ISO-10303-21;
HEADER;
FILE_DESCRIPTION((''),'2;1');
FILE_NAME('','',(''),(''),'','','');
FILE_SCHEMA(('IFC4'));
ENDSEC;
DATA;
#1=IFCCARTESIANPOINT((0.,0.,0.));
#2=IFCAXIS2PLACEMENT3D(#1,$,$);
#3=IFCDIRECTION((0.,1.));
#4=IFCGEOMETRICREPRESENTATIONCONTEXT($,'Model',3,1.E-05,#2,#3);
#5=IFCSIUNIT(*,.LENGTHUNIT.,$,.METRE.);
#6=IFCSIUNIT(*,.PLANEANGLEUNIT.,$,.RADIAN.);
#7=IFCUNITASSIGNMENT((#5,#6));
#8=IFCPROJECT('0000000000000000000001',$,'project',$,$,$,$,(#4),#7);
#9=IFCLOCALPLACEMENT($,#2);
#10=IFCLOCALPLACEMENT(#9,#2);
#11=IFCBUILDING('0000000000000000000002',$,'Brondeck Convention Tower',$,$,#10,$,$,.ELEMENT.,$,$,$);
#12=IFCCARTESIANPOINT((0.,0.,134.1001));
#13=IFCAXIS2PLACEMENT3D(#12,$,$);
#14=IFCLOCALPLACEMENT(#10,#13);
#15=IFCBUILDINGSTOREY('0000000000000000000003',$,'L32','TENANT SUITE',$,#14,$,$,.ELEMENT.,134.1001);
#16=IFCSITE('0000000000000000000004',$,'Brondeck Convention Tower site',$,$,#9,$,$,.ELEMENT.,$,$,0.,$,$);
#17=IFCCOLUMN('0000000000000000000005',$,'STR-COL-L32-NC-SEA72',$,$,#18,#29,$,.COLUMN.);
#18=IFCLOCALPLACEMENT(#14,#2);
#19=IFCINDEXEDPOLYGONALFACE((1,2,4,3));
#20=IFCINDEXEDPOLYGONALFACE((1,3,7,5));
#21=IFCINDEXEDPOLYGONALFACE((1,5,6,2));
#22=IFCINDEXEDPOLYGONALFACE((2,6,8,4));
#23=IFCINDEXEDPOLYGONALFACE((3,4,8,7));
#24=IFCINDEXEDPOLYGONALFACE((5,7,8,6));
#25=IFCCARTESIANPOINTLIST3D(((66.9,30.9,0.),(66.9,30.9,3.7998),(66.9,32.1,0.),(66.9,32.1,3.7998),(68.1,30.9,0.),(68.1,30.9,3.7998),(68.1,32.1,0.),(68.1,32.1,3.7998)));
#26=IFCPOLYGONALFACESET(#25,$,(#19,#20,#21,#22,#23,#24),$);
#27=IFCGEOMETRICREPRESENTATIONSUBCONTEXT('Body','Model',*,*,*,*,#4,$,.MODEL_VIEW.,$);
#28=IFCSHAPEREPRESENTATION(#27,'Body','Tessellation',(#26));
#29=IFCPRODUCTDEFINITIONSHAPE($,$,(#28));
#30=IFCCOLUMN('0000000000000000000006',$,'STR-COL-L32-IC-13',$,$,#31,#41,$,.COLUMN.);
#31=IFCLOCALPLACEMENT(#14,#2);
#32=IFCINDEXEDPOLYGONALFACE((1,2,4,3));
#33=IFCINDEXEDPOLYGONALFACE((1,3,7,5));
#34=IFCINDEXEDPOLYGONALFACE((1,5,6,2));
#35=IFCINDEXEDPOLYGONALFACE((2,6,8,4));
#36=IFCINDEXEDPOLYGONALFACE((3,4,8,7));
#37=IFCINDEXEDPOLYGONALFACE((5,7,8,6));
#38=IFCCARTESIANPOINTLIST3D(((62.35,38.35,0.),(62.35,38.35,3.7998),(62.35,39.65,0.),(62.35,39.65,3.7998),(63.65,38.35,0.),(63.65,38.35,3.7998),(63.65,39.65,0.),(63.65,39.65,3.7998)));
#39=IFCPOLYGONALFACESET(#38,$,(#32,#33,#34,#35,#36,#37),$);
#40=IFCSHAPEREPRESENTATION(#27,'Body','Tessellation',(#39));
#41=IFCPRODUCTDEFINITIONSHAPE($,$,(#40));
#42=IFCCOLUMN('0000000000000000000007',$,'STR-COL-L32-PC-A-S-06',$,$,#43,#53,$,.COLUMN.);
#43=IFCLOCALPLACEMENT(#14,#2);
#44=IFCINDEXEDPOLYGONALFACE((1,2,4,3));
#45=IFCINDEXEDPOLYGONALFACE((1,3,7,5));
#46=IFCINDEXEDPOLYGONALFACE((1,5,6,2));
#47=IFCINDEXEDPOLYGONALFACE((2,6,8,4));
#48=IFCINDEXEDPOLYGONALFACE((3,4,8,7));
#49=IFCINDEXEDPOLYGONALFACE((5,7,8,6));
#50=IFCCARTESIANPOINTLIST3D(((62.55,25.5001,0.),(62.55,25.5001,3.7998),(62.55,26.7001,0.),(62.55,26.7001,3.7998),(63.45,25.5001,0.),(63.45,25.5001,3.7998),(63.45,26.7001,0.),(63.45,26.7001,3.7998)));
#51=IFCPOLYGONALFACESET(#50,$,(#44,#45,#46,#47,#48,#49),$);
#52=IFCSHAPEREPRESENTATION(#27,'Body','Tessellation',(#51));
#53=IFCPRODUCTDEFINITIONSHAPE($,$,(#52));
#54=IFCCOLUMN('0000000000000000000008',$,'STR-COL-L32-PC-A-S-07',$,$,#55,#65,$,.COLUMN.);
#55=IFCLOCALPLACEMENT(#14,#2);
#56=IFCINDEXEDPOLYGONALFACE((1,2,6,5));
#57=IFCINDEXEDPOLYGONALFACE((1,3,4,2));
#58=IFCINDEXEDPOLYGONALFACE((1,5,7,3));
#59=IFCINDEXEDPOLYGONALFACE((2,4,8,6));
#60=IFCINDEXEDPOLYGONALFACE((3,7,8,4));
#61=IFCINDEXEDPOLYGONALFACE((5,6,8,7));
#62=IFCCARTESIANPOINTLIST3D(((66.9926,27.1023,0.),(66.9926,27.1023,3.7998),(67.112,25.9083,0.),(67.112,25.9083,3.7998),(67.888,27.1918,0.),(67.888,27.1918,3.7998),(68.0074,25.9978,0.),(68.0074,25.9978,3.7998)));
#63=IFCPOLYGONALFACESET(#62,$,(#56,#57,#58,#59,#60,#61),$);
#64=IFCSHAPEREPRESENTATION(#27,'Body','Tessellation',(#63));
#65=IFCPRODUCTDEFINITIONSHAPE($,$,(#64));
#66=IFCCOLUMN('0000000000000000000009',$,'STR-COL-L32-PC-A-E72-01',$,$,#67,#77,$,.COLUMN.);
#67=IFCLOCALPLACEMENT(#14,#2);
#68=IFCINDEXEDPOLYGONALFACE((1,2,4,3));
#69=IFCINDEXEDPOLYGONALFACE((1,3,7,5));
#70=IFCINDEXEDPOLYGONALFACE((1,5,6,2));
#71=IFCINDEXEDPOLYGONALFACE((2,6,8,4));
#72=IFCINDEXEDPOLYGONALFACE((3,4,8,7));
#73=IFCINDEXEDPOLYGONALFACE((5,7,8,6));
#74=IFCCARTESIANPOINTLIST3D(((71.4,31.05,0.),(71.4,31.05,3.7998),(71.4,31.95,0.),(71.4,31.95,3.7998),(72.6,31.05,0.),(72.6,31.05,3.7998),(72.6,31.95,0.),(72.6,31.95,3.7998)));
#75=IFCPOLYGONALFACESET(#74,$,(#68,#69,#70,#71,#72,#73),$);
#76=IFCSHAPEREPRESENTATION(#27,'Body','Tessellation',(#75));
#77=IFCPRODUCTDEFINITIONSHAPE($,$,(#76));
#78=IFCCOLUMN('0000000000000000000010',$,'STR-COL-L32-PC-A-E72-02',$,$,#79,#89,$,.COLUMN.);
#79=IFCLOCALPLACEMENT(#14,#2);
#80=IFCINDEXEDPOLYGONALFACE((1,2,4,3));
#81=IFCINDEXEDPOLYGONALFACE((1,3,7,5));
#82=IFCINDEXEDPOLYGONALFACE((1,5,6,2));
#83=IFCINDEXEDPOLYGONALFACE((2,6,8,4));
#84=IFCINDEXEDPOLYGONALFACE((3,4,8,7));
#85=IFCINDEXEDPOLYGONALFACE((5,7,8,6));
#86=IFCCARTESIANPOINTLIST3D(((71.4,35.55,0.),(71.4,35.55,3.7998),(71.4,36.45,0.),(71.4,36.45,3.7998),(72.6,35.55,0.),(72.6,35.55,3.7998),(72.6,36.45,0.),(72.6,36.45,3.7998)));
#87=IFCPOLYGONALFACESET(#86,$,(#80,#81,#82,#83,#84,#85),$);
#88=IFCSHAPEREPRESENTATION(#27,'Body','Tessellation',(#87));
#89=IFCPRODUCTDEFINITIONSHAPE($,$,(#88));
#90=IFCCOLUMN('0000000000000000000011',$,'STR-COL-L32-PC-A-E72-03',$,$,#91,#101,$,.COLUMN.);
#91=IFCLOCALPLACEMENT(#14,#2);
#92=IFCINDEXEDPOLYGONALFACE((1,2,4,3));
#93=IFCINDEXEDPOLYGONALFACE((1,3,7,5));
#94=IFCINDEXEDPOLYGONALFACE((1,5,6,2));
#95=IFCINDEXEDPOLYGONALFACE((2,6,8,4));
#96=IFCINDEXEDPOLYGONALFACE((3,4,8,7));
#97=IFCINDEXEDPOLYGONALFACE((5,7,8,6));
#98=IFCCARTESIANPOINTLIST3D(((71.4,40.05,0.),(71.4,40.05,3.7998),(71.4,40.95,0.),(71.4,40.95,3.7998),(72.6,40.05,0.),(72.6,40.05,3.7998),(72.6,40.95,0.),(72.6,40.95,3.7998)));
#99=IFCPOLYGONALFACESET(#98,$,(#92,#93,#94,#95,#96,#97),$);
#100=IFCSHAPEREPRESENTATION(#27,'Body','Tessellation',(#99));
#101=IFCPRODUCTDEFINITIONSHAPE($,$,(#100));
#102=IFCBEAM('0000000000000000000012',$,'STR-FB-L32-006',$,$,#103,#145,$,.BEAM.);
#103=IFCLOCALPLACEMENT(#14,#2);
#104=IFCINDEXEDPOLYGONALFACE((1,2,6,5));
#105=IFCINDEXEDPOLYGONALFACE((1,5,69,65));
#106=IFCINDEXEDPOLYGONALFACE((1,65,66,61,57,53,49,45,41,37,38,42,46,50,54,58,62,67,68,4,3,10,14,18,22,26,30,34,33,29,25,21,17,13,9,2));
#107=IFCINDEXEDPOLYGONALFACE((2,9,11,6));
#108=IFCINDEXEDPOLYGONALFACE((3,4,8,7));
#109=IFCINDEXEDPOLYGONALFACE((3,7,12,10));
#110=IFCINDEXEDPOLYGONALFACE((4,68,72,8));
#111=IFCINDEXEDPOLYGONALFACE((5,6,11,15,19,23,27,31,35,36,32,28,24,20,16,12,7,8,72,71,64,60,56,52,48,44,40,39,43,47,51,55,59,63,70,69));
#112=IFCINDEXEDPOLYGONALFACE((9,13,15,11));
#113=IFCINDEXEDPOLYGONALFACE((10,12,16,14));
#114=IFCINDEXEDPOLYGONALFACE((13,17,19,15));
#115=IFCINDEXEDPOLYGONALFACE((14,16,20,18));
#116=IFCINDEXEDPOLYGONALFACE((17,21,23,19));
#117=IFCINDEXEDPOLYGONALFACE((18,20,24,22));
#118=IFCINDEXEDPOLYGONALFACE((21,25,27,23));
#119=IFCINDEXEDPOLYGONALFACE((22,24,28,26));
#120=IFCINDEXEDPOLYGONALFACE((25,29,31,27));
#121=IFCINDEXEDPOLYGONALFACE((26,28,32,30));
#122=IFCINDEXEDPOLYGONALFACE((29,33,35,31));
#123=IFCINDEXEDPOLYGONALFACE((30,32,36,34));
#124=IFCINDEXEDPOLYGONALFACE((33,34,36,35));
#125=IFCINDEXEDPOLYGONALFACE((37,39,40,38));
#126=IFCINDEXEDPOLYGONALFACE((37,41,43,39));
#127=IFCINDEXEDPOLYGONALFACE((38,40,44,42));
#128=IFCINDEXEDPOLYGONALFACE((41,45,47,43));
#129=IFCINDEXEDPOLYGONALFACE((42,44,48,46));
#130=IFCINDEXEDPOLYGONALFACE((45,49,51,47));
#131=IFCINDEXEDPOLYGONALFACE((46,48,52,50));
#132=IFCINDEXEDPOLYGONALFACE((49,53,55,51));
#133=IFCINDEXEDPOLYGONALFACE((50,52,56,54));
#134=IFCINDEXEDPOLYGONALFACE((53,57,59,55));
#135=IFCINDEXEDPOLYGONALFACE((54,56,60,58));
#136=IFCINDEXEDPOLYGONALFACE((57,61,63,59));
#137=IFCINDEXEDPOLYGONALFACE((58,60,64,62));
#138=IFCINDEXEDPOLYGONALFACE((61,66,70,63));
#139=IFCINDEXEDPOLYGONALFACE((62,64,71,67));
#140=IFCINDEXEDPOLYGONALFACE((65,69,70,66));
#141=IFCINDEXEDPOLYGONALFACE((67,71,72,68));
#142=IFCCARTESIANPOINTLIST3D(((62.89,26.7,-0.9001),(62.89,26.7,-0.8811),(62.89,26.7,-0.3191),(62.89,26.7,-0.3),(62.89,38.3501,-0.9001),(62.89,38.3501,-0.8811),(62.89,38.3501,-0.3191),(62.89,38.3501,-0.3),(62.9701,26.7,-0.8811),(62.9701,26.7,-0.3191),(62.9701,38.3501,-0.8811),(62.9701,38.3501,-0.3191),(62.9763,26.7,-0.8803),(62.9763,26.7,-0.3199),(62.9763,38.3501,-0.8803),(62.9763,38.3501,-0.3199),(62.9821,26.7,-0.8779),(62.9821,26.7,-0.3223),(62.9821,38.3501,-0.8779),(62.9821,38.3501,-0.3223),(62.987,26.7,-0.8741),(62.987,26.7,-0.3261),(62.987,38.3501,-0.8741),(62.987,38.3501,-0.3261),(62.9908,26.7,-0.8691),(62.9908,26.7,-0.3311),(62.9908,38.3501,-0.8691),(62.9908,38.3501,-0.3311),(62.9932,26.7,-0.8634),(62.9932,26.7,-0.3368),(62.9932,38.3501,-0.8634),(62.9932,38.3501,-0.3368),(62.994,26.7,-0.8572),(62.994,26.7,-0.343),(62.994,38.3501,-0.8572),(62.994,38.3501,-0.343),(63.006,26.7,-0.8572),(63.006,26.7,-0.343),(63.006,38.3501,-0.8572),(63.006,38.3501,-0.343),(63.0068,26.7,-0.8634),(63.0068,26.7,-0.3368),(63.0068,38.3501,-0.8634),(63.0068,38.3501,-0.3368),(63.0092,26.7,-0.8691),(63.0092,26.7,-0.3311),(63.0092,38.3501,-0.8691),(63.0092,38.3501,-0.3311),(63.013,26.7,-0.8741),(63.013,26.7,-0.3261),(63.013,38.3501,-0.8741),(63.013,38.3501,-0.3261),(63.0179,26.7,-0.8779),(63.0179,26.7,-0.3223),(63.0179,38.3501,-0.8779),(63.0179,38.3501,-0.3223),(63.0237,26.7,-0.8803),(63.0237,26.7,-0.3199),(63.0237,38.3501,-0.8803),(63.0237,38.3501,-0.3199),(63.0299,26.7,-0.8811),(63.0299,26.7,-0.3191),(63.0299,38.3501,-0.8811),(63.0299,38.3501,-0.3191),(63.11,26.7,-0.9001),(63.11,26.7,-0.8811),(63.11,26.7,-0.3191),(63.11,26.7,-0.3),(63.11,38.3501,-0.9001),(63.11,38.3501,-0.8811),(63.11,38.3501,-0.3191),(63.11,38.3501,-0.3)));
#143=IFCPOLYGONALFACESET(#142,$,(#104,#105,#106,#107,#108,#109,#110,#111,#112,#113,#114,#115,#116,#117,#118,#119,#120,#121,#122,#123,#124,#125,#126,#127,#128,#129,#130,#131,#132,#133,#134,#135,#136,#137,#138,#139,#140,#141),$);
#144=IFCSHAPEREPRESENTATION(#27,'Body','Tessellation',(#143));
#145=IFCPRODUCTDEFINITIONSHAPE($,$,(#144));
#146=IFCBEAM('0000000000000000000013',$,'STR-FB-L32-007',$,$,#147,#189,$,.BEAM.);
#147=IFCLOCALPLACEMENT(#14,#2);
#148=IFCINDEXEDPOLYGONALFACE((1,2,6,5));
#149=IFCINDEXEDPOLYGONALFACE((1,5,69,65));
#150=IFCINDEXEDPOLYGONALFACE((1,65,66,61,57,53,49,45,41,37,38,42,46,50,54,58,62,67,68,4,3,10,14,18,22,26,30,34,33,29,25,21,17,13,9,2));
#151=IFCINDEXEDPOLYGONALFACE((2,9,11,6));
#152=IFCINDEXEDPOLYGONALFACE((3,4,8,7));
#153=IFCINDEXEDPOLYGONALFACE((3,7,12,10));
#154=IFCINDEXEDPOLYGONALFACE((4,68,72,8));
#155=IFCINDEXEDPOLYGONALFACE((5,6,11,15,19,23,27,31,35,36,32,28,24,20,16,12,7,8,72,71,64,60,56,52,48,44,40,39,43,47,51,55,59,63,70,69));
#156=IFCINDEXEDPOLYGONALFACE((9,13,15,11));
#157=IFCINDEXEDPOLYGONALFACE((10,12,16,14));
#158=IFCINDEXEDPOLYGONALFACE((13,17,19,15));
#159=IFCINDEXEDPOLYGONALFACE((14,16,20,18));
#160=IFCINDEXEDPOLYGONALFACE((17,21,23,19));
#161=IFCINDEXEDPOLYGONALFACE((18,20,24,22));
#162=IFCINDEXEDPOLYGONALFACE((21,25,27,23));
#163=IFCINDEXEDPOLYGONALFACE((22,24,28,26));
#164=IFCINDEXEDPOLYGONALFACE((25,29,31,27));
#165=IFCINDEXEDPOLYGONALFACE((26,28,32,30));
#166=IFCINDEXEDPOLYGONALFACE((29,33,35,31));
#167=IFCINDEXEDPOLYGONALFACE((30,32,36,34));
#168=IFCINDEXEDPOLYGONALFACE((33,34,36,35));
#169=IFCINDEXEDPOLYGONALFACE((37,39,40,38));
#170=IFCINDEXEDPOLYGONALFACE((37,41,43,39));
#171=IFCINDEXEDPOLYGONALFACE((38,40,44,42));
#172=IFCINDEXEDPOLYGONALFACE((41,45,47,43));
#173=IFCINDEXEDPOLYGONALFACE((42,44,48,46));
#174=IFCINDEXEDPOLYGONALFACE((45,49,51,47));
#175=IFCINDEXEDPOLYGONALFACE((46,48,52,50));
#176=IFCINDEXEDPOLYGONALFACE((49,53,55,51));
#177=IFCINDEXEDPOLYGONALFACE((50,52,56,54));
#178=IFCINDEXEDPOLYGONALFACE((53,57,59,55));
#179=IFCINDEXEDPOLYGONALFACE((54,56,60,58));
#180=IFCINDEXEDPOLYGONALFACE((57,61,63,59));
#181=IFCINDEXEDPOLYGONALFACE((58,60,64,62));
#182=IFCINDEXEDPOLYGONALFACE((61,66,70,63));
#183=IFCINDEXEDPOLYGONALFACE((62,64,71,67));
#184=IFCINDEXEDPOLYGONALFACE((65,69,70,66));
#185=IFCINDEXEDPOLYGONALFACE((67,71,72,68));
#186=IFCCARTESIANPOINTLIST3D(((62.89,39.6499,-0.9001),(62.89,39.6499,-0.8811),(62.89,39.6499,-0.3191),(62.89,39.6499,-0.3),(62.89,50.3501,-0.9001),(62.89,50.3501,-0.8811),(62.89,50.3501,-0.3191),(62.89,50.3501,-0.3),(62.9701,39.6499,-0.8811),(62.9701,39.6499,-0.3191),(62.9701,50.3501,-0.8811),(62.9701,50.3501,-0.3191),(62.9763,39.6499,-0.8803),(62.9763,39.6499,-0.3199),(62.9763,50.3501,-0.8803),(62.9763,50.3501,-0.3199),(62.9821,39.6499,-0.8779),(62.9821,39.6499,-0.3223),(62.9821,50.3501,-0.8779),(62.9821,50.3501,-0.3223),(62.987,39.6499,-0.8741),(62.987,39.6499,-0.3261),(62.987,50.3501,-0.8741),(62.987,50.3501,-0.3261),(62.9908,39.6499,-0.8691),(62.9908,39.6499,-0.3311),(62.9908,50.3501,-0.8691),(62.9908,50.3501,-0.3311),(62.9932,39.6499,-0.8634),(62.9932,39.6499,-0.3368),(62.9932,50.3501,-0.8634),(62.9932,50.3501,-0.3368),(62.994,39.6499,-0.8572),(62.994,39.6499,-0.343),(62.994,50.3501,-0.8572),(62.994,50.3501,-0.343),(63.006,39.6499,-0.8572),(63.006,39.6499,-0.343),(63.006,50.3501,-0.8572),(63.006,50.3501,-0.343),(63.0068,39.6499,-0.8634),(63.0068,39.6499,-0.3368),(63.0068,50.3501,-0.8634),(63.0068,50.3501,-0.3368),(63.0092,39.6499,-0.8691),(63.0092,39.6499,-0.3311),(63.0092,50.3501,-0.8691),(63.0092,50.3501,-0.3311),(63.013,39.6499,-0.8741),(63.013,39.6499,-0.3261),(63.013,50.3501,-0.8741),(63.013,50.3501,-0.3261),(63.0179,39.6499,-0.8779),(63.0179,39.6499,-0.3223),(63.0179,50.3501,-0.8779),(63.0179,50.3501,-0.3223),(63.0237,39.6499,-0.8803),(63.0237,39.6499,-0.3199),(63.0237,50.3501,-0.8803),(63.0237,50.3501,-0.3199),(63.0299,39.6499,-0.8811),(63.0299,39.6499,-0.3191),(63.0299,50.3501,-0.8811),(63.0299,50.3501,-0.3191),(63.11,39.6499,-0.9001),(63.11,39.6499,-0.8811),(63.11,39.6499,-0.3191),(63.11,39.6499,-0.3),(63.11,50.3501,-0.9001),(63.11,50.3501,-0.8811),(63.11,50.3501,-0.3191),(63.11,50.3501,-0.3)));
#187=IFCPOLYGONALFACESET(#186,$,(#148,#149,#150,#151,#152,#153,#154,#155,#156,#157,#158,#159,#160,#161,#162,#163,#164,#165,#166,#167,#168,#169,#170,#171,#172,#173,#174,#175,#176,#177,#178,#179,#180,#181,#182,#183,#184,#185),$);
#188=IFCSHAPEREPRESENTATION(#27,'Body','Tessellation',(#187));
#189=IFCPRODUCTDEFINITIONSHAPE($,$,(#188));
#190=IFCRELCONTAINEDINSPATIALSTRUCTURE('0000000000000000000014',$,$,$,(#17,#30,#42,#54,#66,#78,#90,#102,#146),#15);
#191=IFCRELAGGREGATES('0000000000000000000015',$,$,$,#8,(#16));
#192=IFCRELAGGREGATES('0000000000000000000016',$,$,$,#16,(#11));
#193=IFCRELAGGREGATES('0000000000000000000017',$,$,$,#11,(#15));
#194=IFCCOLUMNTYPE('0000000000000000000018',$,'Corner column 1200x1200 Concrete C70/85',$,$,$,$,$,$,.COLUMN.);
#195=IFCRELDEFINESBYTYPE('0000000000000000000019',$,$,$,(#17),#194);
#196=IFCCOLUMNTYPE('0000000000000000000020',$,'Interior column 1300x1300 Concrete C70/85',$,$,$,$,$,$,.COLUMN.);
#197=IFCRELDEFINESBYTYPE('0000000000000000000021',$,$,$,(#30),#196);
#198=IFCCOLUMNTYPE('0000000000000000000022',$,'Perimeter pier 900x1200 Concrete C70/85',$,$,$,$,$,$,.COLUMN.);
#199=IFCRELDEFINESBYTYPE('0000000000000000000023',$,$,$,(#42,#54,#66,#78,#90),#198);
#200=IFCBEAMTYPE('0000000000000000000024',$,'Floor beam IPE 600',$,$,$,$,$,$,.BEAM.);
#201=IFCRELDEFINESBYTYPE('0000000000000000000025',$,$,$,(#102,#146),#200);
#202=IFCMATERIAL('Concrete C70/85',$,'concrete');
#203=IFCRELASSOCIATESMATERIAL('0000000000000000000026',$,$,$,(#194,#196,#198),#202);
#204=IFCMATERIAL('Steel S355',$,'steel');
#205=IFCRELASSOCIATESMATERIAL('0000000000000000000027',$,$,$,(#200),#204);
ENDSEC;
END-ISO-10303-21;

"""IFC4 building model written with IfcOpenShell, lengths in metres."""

from ifc_helpers import new_model, si_unit, direction, frame, origin, origin_2d, place, context, subcontext, project, spatial, rectangle, i_section, extrude, material, material_profile, profile_set, type_object, element, save


model = new_model("IFC4")

# Units and contexts
model_context = context("Model", 3, precision=1e-05, world=origin(), true_north=direction((0.0, 1.0)))
body_context = subcontext(model_context, "Body", "Model", "MODEL_VIEW")
ifc_project = project(units=[si_unit("LENGTHUNIT", "METRE"), si_unit("PLANEANGLEUNIT", "RADIAN")], contexts=[model_context])

# Site, building, storey
site_placement = place(None, origin())
site = spatial("IfcSite", under=ifc_project, at=site_placement, Name="Brondeck Convention Tower site", CompositionType="ELEMENT", RefElevation=0.0)
building_placement = place(site_placement, origin())
building = spatial("IfcBuilding", under=site, at=building_placement, Name="Brondeck Convention Tower", CompositionType="ELEMENT")
storey_placement = place(building_placement, frame((0.0, 0.0, 134.1001)))
storey = spatial("IfcBuildingStorey", under=building, at=storey_placement, Name="L32", Description="TENANT SUITE", CompositionType="ELEMENT", Elevation=134.1001)

# Columns
ifc_material_1 = material(Name="Concrete C70/85", Category="concrete")
ifc_material_profile_1 = material_profile(ifc_material_1, rectangle(XDim=1.2, YDim=1.2, at=origin_2d()), Name="Corner column 1200x1200 Concrete C70/85")
ifc_profile_set_1 = profile_set([ifc_material_profile_1], Name="Concrete C70/85")
column_type_1 = type_object("IfcColumnType", Name="Corner column 1200x1200 Concrete C70/85", PredefinedType="COLUMN", material=ifc_profile_set_1)
column_1_placement = place(storey_placement, frame((67.5, 31.5, 0.0), z_axis=(0.0, 0.0, 1.0), x_axis=(1.0, 0.0, 0.0)))
element("IfcColumn", 1, at=column_1_placement, inside=storey, type_object=column_type_1, Name="STR-COL-L32-NC-SEA72", PredefinedType="COLUMN", context=body_context, shape_type="SweptSolid", body=[
    extrude(rectangle(XDim=1.2, YDim=1.2, at=origin_2d()), origin(), (0.0, 0.0, 1.0), 3.7998),
])
ifc_material_profile_2 = material_profile(ifc_material_1, rectangle(XDim=1.3, YDim=1.3, at=origin_2d()), Name="Interior column 1300x1300 Concrete C70/85")
ifc_profile_set_2 = profile_set([ifc_material_profile_2], Name="Concrete C70/85")
column_type_2 = type_object("IfcColumnType", Name="Interior column 1300x1300 Concrete C70/85", PredefinedType="COLUMN", material=ifc_profile_set_2)
column_2_placement = place(storey_placement, frame((63.0, 39.0, 0.0), z_axis=(0.0, 0.0, 1.0), x_axis=(1.0, 0.0, 0.0)))
element("IfcColumn", 2, at=column_2_placement, inside=storey, type_object=column_type_2, Name="STR-COL-L32-IC-13", PredefinedType="COLUMN", context=body_context, shape_type="SweptSolid", body=[
    extrude(rectangle(XDim=1.3, YDim=1.3, at=origin_2d()), origin(), (0.0, 0.0, 1.0), 3.7998),
])
ifc_material_profile_3 = material_profile(ifc_material_1, rectangle(XDim=0.8999, YDim=1.2, at=origin_2d()), Name="Perimeter pier 900x1200 Concrete C70/85")
ifc_profile_set_3 = profile_set([ifc_material_profile_3], Name="Concrete C70/85")
column_type_3 = type_object("IfcColumnType", Name="Perimeter pier 900x1200 Concrete C70/85", PredefinedType="COLUMN", material=ifc_profile_set_3)
for number, where, z_axis, x_axis, name in (
    (3, (63.0, 26.1001, 0.0), (0.0, 0.0, 1.0), (1.0, 0.0, 0.0), "STR-COL-L32-PC-A-S-06"),
    (4, (67.5, 26.55, 0.0), (0.0, 0.0, 1.0), (0.995037, 0.099504, 0.0), "STR-COL-L32-PC-A-S-07"),
    (5, (72.0, 31.5, 0.0), (0.0, 0.0, 1.0), (0.0, 1.0, 0.0), "STR-COL-L32-PC-A-E72-01"),
    (6, (72.0, 36.0, 0.0), (0.0, 0.0, 1.0), (0.0, 1.0, 0.0), "STR-COL-L32-PC-A-E72-02"),
    (7, (72.0, 40.5, 0.0), (0.0, 0.0, 1.0), (0.0, 1.0, 0.0), "STR-COL-L32-PC-A-E72-03"),
):
    element("IfcColumn", number, at=place(storey_placement, frame(where, z_axis=z_axis, x_axis=x_axis)), inside=storey, type_object=column_type_3, Name=name, PredefinedType="COLUMN", context=body_context, shape_type="SweptSolid", body=[
        extrude(rectangle(XDim=0.8999, YDim=1.2, at=origin_2d()), origin(), (0.0, 0.0, 1.0), 3.7998),
    ])

# Beams
ifc_material_2 = material(Name="Steel S355", Category="steel")
ifc_material_profile_4 = material_profile(ifc_material_2, i_section(OverallWidth=0.22, OverallDepth=0.6001, WebThickness=0.012, FlangeThickness=0.019, FilletRadius=0.0239, at=origin_2d()), Name="IPE 600")
ifc_profile_set_4 = profile_set([ifc_material_profile_4], Name="Steel S355")
beam_type_1 = type_object("IfcBeamType", Name="Floor beam IPE 600", PredefinedType="BEAM", material=ifc_profile_set_4)
beam_1_placement = place(storey_placement, frame((63.0, 26.7, -0.6001), z_axis=(0.0, 1.0, 0.0), x_axis=(-1.0, 0.0, 0.0)))
element("IfcBeam", 8, at=beam_1_placement, inside=storey, type_object=beam_type_1, Name="STR-FB-L32-006", PredefinedType="BEAM", context=body_context, shape_type="SweptSolid", body=[
    extrude(i_section(OverallWidth=0.22, OverallDepth=0.6001, WebThickness=0.012, FlangeThickness=0.019, FilletRadius=0.0239, at=origin_2d()), origin(), (0.0, 0.0, 1.0), 11.6501),
])
beam_2_placement = place(storey_placement, frame((63.0, 39.6499, -0.6001), z_axis=(0.0, 1.0, 0.0), x_axis=(-1.0, 0.0, 0.0)))
element("IfcBeam", 9, at=beam_2_placement, inside=storey, type_object=beam_type_1, Name="STR-FB-L32-007", PredefinedType="BEAM", context=body_context, shape_type="SweptSolid", body=[
    extrude(i_section(OverallWidth=0.22, OverallDepth=0.6001, WebThickness=0.012, FlangeThickness=0.019, FilletRadius=0.0239, at=origin_2d()), origin(), (0.0, 0.0, 1.0), 10.7002),
])

save(model, "model.ifc")
